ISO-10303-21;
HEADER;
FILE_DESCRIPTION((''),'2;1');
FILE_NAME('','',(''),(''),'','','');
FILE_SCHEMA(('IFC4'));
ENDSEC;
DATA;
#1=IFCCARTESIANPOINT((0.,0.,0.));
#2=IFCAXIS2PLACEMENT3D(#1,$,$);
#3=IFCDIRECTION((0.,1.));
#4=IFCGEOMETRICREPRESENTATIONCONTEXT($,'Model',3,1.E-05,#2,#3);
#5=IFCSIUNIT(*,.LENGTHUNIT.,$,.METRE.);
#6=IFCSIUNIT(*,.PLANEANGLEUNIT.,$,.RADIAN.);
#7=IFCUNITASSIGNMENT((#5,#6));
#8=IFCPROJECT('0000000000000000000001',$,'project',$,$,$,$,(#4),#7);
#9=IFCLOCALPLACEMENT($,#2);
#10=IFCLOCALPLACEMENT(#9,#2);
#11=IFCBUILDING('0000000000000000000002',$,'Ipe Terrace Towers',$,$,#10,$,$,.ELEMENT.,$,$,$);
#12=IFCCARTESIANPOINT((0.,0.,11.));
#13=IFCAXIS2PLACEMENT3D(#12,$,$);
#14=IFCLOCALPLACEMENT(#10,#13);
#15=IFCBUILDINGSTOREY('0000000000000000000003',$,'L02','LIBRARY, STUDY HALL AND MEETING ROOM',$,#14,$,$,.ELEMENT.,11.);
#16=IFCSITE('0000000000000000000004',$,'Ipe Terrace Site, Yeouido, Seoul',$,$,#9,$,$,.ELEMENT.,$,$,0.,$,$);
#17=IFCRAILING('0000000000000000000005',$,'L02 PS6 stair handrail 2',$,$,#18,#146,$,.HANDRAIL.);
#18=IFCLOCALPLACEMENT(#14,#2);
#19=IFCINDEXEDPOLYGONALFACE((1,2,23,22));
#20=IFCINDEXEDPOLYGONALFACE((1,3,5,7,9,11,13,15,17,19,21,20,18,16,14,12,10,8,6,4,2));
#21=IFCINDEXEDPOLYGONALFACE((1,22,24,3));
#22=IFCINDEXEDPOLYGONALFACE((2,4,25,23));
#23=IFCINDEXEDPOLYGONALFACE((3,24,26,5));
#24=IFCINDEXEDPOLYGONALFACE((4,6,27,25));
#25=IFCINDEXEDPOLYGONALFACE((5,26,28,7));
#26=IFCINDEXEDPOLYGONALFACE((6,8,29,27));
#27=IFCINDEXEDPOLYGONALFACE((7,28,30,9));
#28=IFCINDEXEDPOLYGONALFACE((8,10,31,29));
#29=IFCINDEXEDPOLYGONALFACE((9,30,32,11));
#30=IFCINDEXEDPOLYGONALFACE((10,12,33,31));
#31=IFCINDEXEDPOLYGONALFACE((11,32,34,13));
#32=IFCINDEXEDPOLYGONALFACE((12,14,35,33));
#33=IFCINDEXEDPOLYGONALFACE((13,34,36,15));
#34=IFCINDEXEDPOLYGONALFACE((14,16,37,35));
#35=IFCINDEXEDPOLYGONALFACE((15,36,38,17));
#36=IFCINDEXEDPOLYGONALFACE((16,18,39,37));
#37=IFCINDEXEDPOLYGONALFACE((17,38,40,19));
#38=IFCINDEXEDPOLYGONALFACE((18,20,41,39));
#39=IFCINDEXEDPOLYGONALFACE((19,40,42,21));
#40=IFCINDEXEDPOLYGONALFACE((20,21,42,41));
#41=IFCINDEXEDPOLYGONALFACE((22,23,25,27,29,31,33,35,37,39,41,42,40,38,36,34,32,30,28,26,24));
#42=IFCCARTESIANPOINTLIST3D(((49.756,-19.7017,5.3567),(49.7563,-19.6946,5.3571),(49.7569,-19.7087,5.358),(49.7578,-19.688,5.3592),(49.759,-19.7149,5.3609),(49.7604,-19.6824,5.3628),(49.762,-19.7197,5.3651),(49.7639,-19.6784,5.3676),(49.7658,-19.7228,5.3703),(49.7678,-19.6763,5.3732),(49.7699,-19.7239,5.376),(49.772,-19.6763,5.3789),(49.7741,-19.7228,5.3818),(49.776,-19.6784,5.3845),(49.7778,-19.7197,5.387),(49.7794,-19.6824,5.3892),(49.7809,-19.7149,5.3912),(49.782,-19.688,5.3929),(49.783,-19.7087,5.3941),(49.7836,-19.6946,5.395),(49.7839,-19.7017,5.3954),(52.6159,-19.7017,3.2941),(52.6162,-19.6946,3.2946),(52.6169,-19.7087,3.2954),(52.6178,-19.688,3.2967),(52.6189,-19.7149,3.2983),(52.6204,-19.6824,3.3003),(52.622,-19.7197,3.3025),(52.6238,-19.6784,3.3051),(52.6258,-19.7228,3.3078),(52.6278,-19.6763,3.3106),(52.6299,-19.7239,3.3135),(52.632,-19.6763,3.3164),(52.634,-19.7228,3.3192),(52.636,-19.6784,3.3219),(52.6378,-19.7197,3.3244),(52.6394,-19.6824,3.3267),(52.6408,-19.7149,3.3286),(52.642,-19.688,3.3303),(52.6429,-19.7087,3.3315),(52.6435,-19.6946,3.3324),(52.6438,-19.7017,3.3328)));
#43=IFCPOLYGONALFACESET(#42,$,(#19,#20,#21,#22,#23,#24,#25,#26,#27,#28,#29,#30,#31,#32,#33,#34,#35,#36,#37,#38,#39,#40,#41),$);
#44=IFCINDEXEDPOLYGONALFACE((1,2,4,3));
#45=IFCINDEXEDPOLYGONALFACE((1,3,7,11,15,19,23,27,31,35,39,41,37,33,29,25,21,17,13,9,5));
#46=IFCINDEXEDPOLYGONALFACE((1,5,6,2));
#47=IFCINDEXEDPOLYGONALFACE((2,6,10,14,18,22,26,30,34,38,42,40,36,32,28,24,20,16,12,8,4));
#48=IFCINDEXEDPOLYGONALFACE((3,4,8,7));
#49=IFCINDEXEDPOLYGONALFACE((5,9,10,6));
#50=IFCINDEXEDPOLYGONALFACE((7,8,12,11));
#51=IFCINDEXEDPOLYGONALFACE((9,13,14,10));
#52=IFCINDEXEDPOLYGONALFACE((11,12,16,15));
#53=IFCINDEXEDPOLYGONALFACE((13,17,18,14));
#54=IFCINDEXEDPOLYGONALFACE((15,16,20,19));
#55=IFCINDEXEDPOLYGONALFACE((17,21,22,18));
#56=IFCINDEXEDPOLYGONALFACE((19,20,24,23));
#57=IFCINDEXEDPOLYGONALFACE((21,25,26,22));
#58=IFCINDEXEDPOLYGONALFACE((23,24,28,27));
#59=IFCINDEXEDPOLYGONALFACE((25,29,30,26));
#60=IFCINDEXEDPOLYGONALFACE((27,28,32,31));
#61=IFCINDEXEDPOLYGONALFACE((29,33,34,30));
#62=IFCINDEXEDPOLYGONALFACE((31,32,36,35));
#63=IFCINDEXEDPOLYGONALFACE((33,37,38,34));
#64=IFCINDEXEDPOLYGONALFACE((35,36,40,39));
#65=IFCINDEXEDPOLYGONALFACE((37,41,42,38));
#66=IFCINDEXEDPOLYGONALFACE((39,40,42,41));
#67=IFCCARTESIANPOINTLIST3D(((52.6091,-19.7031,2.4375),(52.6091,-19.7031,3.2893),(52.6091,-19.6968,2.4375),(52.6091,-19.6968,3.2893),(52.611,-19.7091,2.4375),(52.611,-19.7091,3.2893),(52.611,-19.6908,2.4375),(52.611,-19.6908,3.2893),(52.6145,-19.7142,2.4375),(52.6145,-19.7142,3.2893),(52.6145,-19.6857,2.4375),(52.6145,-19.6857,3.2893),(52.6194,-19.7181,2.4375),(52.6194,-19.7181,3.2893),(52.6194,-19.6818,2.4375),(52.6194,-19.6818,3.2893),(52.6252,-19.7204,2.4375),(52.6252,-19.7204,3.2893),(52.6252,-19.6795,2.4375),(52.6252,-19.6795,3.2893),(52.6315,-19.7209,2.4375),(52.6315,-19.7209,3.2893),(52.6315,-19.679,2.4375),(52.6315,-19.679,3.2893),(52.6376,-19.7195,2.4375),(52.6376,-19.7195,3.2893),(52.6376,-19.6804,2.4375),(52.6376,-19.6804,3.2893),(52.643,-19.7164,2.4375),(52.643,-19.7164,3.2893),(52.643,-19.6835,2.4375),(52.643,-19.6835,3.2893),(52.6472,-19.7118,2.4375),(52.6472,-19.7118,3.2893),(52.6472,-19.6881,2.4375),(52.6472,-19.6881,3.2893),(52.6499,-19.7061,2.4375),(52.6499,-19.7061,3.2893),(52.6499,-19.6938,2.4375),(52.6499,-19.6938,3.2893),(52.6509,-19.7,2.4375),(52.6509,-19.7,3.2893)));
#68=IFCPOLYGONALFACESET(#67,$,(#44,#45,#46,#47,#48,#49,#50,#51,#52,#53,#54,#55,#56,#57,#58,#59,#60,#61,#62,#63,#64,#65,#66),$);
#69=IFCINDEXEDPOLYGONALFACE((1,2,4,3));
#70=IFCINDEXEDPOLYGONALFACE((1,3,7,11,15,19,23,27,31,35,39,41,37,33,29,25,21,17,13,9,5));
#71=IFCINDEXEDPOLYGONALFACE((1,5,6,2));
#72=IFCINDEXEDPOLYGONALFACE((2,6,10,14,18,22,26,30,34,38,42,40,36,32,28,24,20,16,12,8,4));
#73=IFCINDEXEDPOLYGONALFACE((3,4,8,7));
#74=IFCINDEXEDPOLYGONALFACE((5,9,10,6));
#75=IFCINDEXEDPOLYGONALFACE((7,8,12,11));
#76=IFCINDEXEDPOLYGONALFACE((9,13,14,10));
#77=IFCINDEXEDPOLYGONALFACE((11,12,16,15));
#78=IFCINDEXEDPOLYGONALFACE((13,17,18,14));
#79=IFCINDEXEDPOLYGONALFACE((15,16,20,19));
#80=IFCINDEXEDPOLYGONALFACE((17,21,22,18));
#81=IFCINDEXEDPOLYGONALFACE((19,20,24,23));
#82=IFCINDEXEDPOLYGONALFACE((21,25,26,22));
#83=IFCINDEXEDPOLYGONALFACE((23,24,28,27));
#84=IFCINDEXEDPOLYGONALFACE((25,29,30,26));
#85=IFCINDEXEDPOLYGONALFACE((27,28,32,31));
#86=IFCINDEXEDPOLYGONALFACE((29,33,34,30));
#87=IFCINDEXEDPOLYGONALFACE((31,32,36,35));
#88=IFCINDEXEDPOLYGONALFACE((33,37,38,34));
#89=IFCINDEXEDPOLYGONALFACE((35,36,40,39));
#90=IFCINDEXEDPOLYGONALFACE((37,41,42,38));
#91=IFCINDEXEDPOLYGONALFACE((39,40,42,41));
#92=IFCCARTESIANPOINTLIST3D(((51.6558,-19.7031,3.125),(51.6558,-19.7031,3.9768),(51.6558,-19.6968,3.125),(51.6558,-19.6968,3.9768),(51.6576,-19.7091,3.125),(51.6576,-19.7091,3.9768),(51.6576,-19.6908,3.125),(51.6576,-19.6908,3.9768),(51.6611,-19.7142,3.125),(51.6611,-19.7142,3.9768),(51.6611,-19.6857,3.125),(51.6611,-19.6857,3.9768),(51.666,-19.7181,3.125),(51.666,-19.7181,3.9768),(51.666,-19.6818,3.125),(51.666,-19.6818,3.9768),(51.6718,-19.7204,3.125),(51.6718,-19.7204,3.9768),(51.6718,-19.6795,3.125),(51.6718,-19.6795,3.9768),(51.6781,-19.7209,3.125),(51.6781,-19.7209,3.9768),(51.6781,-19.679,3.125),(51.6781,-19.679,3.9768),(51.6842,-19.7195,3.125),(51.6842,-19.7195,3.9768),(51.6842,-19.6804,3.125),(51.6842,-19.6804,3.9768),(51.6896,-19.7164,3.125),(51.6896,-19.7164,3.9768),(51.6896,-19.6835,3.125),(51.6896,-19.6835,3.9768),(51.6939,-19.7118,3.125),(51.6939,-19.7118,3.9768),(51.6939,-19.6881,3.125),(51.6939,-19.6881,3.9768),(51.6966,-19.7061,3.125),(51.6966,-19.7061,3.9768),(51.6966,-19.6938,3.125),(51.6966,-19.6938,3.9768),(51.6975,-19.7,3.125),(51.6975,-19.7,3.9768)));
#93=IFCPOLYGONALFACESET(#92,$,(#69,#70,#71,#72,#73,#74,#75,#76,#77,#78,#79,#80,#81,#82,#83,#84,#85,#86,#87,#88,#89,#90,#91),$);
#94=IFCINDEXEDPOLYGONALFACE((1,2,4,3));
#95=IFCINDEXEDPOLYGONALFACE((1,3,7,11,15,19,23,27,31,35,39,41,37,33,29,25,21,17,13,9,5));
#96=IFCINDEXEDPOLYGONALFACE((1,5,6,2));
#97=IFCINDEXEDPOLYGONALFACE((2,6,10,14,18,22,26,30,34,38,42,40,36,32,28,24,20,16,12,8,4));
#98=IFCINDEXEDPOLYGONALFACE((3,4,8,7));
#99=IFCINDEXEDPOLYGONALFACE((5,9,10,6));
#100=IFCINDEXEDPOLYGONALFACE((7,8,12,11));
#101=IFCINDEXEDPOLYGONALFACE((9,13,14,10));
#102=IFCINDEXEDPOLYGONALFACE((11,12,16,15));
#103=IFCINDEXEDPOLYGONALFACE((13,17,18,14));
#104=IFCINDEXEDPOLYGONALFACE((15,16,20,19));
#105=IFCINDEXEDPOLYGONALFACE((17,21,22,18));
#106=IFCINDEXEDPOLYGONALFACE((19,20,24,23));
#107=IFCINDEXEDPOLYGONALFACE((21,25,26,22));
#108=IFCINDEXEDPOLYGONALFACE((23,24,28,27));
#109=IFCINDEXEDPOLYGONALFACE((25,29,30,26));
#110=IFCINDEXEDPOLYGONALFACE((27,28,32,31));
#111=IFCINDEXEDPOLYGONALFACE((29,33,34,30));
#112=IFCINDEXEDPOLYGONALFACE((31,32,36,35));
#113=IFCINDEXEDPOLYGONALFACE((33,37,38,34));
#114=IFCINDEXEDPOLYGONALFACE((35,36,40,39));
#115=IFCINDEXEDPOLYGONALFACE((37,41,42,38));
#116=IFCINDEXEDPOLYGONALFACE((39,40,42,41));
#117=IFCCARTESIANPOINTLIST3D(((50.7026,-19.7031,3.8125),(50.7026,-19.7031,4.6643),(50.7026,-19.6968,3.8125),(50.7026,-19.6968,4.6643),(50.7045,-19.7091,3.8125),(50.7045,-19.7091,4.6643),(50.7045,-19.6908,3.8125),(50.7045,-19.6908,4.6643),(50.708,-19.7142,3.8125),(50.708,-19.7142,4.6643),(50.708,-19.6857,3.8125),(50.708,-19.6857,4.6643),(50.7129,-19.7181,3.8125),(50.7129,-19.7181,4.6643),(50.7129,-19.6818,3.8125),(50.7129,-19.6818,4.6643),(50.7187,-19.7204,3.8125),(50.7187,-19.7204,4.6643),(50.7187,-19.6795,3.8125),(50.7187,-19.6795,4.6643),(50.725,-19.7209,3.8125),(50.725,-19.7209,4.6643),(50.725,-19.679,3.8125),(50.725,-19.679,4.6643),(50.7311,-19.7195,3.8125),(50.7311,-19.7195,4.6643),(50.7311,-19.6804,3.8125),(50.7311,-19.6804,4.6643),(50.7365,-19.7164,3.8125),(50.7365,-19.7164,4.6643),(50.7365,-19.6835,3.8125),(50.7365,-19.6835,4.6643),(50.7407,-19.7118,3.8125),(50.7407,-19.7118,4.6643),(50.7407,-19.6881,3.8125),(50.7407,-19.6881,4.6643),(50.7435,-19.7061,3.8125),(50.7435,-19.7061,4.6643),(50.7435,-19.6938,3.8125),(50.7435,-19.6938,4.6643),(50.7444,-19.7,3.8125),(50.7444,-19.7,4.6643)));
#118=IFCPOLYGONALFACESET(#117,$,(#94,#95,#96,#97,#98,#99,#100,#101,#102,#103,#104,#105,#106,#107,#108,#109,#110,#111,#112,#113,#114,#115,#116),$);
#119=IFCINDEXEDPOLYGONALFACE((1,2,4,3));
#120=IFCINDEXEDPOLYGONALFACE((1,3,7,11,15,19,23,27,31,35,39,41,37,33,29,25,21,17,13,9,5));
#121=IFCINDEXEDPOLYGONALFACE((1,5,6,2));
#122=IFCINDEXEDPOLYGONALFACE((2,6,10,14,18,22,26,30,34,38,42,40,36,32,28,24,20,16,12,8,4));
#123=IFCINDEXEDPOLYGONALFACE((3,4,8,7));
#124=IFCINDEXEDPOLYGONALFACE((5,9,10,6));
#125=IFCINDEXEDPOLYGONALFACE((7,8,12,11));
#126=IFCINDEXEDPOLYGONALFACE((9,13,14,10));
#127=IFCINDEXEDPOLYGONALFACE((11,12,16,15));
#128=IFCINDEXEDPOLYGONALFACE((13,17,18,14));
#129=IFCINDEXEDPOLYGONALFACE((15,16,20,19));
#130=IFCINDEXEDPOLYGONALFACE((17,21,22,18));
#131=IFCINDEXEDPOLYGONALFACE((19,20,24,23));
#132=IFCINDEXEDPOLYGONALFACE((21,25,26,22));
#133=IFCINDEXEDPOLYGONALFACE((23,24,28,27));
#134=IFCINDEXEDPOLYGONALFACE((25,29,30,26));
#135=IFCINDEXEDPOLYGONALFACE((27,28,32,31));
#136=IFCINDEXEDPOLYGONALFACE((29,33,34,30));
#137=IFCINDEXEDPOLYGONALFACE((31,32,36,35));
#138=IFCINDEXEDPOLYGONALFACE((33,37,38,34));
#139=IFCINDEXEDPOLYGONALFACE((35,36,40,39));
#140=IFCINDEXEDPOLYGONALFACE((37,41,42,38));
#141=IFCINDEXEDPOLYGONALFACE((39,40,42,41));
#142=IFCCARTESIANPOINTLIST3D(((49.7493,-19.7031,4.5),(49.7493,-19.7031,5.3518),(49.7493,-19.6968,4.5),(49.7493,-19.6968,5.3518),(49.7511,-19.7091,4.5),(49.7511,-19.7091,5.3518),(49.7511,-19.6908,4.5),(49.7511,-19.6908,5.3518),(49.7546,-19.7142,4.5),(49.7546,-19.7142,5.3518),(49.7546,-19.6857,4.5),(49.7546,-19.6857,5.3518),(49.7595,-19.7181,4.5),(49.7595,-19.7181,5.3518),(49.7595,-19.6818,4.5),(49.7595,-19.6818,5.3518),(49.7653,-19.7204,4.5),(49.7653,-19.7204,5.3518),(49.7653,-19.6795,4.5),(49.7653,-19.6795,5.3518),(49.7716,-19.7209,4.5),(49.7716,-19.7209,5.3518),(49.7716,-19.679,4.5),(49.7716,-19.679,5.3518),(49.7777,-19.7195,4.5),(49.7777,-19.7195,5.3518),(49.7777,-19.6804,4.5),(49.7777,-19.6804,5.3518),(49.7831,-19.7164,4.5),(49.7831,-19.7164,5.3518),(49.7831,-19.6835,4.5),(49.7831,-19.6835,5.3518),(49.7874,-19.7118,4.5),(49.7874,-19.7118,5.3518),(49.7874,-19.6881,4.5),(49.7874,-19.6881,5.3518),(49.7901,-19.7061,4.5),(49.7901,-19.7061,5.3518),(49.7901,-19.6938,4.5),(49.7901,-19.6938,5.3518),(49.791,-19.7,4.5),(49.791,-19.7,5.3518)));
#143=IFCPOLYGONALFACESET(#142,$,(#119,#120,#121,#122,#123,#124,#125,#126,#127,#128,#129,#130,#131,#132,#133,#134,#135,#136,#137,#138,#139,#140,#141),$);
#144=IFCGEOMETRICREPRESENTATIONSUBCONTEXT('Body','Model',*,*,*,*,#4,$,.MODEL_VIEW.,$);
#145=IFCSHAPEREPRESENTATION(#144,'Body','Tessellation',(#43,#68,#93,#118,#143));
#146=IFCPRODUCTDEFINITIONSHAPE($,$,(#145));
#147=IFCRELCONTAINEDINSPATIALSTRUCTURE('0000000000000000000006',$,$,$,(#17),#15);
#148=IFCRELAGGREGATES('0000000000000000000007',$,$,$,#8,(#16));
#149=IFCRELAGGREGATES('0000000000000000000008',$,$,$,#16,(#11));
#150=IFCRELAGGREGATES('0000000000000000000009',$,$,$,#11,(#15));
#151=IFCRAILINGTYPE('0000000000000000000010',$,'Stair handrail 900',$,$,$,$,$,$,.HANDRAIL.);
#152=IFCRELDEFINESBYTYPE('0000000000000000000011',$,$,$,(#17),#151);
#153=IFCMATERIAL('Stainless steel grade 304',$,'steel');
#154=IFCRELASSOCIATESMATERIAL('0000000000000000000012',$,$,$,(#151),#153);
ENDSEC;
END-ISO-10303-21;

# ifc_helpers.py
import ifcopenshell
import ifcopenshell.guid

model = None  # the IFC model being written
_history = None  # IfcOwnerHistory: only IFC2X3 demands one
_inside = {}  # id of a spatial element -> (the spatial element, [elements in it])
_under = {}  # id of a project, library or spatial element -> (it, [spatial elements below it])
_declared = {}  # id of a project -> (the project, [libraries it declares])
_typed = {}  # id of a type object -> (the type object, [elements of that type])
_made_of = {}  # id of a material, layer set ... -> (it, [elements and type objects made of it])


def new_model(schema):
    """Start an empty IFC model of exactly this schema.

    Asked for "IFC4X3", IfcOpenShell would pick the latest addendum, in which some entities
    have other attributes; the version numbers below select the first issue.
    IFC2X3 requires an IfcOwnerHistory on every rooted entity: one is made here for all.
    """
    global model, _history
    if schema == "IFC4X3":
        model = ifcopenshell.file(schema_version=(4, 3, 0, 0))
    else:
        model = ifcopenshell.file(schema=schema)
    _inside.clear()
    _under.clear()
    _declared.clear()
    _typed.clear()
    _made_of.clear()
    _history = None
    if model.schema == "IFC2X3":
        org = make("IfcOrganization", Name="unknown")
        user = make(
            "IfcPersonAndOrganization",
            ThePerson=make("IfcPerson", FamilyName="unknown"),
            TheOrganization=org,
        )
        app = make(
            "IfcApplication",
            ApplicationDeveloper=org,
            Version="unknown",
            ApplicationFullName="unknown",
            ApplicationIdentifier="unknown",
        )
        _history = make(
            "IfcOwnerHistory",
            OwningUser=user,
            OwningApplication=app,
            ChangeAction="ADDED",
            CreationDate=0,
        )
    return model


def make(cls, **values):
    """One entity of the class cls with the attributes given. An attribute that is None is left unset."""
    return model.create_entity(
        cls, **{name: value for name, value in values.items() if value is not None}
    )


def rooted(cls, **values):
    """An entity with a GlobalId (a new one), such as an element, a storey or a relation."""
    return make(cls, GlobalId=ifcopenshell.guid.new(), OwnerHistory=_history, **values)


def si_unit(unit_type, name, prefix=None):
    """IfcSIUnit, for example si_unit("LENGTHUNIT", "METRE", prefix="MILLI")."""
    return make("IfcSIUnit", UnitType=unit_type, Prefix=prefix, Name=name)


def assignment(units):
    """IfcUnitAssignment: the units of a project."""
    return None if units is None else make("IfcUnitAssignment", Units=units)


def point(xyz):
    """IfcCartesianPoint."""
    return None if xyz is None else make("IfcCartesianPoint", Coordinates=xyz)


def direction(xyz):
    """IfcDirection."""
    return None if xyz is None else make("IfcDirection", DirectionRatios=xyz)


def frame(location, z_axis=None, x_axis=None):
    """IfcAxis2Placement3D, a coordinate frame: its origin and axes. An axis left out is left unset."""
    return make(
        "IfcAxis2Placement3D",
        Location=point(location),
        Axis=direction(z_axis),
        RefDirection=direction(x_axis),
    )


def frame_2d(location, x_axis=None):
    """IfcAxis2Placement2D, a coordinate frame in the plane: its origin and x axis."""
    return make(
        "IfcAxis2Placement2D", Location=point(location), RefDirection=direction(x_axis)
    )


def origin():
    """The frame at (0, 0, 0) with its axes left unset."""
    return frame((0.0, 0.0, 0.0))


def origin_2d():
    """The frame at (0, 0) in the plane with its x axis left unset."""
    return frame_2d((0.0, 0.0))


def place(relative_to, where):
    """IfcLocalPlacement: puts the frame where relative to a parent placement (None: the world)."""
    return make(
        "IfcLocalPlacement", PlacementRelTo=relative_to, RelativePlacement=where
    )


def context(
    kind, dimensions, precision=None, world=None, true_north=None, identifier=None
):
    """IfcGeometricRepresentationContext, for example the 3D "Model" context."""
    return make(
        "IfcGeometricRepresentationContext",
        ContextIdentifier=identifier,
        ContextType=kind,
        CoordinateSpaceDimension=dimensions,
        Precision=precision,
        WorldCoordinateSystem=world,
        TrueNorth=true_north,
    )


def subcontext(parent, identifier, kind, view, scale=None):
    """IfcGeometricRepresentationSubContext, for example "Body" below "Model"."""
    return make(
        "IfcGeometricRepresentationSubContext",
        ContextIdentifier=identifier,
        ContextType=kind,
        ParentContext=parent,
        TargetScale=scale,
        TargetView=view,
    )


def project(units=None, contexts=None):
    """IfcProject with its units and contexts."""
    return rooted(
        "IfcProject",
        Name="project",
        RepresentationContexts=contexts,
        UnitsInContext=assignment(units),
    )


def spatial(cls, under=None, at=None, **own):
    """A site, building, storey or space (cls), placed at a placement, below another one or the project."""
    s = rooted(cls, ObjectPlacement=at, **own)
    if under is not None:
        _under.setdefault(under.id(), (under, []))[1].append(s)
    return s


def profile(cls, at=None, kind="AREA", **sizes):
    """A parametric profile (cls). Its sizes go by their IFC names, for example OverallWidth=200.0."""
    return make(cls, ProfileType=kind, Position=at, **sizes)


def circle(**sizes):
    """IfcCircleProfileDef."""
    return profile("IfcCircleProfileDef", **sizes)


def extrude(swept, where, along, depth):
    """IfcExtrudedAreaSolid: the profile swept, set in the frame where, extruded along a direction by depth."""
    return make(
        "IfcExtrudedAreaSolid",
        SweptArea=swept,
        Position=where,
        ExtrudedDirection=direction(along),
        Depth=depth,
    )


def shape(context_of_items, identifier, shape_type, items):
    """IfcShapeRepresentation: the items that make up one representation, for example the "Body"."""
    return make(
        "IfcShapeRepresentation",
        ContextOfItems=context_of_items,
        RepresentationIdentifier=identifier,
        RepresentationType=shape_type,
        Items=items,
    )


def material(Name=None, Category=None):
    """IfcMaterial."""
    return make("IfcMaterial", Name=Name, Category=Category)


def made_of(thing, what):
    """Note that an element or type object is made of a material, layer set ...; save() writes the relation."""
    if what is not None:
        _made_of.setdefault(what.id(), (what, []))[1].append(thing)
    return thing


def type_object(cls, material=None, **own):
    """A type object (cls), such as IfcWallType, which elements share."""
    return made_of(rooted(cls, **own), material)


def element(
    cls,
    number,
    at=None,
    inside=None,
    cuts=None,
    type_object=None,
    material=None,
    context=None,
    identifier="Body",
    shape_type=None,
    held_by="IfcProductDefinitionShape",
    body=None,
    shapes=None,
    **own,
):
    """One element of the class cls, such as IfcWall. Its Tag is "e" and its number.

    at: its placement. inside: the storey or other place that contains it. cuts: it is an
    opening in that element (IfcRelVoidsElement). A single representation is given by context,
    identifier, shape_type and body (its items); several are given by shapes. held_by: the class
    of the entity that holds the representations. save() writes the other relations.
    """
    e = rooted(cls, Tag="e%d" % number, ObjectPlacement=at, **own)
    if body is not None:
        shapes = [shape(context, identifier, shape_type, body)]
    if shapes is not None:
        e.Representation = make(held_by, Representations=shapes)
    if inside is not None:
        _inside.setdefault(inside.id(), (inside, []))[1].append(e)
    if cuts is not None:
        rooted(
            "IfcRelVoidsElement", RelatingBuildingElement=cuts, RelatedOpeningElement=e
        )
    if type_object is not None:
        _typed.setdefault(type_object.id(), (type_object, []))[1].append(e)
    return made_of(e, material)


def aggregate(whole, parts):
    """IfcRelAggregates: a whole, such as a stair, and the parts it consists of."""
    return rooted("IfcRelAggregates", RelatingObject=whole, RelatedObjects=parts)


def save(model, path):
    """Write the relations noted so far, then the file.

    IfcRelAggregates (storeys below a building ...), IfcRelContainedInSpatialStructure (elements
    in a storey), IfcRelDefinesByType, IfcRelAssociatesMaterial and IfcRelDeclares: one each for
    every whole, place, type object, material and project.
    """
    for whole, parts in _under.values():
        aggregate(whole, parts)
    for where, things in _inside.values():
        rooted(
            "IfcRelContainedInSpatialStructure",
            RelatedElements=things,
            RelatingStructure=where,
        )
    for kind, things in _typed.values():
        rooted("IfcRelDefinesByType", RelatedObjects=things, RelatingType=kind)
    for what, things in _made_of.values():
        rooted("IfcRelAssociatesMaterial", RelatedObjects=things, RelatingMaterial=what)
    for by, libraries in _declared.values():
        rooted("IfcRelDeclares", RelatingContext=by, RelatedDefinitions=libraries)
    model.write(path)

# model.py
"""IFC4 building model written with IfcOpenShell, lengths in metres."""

from ifc_helpers import new_model, si_unit, direction, frame, origin, origin_2d, place, context, subcontext, project, spatial, circle, extrude, material, type_object, element, save


model = new_model("IFC4")

# Units and contexts
model_context = context("Model", 3, precision=1e-05, world=origin(), true_north=direction((0.0, 1.0)))
body_context = subcontext(model_context, "Body", "Model", "MODEL_VIEW")
ifc_project = project(units=[si_unit("LENGTHUNIT", "METRE"), si_unit("PLANEANGLEUNIT", "RADIAN")], contexts=[model_context])

# Site, building, storey
site_placement = place(None, origin())
site = spatial("IfcSite", under=ifc_project, at=site_placement, Name="Ipe Terrace Site, Yeouido, Seoul", CompositionType="ELEMENT", RefElevation=0.0)
building_placement = place(site_placement, origin())
building = spatial("IfcBuilding", under=site, at=building_placement, Name="Ipe Terrace Towers", CompositionType="ELEMENT")
storey_placement = place(building_placement, frame((0.0, 0.0, 11.0)))
storey = spatial("IfcBuildingStorey", under=building, at=storey_placement, Name="L02", Description="LIBRARY, STUDY HALL AND MEETING ROOM", CompositionType="ELEMENT", Elevation=11.0)

# Railing
ifc_material_1 = material(Name="Stainless steel grade 304", Category="steel")
railing_type_1 = type_object("IfcRailingType", Name="Stair handrail 900", PredefinedType="HANDRAIL", material=ifc_material_1)
railing_1_placement = place(storey_placement, frame((52.6299, -19.7, 2.4375)))
element("IfcRailing", 1, at=railing_1_placement, inside=storey, type_object=railing_type_1, Name="L02 PS6 stair handrail 2", PredefinedType="HANDRAIL", context=body_context, shape_type="SweptSolid", body=[
    extrude(circle(Radius=0.0239, at=origin_2d()), frame((0.0, 0.0, 0.876), z_axis=(-0.811077, 0.0, 0.584939), x_axis=(0.0, -1.0, 0.0)), (0.0, 0.0, 1.0), 3.5261),
    extrude(circle(Radius=0.021, at=origin_2d()), origin(), (0.0, 0.0, 1.0), 0.8518),
    extrude(circle(Radius=0.021, at=origin_2d()), frame((-0.9534, 0.0, 0.6875)), (0.0, 0.0, 1.0), 0.8518),
    extrude(circle(Radius=0.021, at=origin_2d()), frame((-1.9065, 0.0, 1.375)), (0.0, 0.0, 1.0), 0.8518),
    extrude(circle(Radius=0.021, at=origin_2d()), frame((-2.8599, 0.0, 2.0625)), (0.0, 0.0, 1.0), 0.8518),
])

save(model, "model.ifc")
